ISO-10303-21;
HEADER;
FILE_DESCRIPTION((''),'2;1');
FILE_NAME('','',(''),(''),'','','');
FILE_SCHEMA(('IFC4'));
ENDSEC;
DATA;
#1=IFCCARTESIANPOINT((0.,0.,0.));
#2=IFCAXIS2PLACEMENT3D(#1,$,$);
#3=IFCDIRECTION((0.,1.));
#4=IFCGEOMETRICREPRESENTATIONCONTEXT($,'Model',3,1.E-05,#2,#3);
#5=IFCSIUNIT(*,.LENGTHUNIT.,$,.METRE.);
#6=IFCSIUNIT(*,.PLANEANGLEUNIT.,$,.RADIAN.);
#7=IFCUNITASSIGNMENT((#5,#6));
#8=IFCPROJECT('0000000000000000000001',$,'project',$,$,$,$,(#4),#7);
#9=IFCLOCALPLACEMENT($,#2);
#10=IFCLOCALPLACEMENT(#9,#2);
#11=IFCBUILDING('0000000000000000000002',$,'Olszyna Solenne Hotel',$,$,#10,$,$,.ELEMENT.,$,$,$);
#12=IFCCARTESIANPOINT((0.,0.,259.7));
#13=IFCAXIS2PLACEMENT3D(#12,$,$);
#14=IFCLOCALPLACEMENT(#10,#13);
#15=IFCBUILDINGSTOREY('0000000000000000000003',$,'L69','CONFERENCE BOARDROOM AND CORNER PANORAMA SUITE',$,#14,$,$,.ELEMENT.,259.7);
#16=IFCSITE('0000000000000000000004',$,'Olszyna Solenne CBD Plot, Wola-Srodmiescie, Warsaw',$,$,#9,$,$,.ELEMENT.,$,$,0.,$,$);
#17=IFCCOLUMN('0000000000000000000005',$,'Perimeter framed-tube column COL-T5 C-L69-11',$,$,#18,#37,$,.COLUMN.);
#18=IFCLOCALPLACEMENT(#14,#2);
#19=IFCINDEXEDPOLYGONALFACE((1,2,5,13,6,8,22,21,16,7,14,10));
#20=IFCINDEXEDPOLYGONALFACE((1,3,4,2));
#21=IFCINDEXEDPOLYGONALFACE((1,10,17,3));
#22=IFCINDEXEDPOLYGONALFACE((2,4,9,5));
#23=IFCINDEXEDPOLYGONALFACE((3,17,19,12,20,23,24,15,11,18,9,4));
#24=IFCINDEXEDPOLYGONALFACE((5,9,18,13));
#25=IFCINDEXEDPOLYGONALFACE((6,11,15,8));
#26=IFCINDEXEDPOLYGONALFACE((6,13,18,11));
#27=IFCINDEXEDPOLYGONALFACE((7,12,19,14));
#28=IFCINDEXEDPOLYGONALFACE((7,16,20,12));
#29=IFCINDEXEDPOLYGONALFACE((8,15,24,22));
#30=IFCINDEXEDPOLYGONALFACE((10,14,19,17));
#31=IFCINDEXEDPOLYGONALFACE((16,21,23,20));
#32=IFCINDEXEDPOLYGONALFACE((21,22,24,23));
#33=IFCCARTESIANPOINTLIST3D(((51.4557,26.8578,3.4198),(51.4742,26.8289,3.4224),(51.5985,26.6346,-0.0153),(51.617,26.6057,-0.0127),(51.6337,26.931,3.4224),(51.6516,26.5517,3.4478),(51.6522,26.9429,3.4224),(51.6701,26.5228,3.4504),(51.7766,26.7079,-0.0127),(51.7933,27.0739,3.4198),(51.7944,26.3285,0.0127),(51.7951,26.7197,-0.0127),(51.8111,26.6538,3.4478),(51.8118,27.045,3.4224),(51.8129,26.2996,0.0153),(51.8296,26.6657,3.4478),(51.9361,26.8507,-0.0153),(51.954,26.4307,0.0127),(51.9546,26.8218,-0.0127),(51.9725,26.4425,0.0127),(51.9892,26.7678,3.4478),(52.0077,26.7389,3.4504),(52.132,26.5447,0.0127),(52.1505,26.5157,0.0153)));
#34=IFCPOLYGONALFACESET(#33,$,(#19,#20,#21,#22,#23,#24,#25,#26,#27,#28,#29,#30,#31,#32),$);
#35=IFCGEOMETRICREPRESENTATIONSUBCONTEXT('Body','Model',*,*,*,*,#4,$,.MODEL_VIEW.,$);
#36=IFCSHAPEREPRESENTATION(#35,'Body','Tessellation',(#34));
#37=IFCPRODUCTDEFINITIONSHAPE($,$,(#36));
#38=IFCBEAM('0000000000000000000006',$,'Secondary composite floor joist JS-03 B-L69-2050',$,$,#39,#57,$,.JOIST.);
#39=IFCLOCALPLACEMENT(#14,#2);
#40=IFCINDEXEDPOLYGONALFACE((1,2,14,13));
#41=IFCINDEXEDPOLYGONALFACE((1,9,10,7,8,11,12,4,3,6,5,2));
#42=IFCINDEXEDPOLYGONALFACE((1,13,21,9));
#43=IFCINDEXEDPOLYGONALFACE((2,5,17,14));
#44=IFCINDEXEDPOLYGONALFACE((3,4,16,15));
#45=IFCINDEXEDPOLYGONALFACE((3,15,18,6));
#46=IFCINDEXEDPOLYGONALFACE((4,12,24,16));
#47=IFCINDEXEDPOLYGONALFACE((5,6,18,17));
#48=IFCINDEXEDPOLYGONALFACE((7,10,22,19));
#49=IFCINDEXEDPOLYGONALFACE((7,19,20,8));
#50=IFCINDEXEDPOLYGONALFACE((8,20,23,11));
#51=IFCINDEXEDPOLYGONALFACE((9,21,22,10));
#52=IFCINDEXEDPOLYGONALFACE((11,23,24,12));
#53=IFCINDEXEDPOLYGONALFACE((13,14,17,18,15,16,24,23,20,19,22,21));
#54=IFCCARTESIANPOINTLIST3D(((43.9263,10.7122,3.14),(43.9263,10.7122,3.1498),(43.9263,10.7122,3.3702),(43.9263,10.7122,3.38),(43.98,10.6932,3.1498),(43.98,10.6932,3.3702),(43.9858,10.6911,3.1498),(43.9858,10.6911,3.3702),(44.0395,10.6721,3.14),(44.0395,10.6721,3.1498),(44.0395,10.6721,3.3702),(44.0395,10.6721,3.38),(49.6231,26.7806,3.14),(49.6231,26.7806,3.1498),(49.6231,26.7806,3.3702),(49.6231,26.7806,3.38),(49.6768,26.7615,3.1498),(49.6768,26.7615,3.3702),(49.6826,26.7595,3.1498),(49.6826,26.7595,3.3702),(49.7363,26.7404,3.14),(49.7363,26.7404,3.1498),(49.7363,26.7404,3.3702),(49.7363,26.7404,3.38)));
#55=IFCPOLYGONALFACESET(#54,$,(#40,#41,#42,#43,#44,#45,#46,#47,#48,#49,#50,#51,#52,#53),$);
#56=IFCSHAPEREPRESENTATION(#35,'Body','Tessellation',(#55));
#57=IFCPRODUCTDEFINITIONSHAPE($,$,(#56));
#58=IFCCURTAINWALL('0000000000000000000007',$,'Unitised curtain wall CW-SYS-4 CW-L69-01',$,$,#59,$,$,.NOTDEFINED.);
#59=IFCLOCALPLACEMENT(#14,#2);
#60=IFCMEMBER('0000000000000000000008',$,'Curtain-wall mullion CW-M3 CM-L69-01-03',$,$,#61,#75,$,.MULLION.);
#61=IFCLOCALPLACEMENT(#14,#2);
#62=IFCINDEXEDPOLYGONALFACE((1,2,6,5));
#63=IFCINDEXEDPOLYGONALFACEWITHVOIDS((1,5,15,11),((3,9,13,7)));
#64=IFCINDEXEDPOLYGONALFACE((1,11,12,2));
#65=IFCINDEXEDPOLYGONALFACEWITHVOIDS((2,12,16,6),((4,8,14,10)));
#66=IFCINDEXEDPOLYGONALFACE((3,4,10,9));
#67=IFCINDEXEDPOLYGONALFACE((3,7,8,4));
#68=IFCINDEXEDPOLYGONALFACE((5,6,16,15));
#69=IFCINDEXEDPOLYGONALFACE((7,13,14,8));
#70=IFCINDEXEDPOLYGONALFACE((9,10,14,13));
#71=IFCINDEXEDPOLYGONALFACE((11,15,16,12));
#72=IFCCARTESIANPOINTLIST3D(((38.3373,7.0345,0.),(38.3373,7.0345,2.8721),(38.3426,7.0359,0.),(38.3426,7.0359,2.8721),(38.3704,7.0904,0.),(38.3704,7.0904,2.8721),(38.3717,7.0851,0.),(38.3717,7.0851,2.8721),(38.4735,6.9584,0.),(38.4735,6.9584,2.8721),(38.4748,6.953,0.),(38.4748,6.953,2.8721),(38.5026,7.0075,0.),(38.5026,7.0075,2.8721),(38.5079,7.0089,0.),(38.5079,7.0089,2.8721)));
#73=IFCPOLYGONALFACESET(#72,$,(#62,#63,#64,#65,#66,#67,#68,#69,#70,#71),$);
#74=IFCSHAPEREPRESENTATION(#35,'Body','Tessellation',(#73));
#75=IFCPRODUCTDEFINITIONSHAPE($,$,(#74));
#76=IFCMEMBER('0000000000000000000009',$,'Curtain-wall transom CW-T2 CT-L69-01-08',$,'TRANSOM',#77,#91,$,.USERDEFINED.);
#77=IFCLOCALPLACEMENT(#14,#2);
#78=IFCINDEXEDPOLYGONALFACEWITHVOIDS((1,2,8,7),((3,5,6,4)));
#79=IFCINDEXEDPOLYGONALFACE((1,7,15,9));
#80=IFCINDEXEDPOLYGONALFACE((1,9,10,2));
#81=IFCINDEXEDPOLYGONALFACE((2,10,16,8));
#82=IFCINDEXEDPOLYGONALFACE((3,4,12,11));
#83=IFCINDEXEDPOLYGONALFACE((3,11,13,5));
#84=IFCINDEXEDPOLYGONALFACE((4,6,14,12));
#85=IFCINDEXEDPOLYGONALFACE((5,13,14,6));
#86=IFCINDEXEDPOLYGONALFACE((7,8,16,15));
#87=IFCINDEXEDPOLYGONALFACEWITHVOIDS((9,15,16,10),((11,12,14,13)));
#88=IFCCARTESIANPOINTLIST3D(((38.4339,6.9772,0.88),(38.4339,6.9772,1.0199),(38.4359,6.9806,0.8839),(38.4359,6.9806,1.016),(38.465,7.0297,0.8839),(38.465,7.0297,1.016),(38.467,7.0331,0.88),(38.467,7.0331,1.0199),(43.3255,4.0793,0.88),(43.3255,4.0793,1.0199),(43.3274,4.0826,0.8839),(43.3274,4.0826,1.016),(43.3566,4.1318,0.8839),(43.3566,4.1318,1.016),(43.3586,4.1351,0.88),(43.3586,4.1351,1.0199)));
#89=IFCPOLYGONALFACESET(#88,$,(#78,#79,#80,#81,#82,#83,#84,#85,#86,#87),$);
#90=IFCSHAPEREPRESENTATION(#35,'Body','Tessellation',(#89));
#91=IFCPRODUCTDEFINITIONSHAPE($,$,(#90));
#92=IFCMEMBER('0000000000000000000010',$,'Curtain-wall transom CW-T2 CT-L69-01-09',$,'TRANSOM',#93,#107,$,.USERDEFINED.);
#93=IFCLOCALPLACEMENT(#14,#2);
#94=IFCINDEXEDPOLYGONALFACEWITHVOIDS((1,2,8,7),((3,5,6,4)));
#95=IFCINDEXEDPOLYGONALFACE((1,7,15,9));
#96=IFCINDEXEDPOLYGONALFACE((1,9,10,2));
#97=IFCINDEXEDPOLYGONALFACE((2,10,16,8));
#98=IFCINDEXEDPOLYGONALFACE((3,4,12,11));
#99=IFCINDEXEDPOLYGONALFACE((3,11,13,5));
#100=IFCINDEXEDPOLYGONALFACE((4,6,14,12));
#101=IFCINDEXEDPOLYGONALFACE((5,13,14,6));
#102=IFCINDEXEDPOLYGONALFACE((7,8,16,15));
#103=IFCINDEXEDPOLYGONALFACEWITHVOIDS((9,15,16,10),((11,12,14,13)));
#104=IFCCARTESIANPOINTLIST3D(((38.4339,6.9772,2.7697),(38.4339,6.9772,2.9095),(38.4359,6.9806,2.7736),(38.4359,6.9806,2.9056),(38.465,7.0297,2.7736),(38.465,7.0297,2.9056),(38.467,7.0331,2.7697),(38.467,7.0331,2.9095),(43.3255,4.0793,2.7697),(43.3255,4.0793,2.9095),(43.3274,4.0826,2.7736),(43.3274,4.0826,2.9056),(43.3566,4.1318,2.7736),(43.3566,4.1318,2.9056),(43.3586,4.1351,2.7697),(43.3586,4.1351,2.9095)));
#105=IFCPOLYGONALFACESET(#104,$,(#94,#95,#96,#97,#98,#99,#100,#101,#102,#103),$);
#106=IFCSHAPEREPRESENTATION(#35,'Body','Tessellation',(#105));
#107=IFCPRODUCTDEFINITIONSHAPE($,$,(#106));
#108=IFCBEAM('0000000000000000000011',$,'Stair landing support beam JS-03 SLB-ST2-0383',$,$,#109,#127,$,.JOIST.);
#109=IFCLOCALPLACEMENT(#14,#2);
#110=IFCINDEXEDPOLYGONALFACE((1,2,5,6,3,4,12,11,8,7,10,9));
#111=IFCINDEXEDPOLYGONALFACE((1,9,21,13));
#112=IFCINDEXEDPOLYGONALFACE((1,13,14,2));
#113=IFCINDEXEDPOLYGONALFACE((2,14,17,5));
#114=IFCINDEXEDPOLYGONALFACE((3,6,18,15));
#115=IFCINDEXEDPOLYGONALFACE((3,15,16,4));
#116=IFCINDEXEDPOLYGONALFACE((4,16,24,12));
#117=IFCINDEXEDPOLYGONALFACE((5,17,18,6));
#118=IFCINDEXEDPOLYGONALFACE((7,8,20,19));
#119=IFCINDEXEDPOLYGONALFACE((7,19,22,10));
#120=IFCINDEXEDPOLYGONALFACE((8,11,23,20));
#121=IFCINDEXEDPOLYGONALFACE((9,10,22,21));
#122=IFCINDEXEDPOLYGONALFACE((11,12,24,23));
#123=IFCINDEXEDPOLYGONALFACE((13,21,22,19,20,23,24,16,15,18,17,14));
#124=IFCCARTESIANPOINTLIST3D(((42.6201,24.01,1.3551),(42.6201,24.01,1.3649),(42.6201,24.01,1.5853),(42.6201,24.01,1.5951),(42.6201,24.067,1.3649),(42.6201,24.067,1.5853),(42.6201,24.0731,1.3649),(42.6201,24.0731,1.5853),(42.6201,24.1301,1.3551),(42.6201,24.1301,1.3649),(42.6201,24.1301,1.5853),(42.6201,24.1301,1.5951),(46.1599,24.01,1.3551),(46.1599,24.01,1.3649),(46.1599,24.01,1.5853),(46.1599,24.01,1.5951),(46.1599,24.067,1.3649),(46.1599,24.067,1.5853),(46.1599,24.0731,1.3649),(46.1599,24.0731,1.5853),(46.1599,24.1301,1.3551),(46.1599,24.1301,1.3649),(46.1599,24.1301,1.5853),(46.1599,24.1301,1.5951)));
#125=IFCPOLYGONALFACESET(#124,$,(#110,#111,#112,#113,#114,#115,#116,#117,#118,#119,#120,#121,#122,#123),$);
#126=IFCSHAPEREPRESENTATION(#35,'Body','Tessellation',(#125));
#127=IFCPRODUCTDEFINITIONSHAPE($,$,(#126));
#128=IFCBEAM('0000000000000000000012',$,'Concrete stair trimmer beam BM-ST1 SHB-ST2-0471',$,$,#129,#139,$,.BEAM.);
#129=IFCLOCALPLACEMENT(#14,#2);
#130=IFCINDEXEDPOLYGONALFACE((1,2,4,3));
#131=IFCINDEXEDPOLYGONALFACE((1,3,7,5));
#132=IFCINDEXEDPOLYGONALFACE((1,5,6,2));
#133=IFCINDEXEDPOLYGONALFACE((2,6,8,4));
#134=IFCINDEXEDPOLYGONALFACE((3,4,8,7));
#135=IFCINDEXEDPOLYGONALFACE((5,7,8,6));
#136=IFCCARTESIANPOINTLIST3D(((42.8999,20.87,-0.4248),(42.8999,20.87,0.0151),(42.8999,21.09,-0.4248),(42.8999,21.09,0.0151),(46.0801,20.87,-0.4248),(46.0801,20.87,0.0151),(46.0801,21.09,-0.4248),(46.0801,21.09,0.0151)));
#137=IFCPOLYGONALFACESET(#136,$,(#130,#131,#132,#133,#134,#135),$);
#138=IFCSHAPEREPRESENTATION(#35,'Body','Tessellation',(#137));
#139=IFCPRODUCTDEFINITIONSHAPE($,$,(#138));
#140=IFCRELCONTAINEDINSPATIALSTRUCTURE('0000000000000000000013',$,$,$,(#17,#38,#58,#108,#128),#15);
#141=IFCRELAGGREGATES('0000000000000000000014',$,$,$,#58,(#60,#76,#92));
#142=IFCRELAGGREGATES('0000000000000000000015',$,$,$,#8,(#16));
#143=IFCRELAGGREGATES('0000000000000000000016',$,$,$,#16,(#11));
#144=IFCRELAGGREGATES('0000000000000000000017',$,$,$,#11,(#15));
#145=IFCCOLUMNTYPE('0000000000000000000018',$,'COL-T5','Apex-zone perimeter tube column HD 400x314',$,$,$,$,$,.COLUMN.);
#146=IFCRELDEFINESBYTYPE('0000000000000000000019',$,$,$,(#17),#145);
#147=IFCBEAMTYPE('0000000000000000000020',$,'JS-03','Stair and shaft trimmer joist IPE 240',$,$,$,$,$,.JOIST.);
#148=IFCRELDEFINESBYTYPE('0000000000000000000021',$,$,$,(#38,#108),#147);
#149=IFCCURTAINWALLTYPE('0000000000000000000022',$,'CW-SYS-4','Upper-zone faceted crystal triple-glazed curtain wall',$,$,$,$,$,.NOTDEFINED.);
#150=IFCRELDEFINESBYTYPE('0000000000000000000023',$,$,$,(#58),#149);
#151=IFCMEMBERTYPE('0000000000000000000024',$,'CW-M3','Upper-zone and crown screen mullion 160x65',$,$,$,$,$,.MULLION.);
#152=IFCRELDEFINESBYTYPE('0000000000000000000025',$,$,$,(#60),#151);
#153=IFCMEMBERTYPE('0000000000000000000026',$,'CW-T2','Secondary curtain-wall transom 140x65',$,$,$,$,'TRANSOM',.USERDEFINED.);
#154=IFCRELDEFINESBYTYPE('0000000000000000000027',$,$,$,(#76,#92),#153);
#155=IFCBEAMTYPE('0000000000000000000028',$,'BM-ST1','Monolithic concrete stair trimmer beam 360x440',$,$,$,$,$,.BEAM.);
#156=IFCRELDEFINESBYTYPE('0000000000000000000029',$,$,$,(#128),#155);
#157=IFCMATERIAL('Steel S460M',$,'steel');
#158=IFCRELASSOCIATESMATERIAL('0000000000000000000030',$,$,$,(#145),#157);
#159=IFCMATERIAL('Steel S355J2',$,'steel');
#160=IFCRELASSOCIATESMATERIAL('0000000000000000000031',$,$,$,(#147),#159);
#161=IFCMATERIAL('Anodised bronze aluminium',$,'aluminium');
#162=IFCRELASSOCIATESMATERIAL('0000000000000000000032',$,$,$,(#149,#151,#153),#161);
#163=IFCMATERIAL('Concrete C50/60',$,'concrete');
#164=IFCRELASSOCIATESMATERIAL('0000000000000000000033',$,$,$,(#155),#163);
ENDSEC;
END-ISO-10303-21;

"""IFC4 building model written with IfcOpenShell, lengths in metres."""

from ifc_helpers import new_model, si_unit, direction, frame, origin, origin_2d, place, context, subcontext, project, spatial, rectangle, hollow_rectangle, i_section, extrude, source, transform, mapped, material, material_profile, profile_set, type_object, element, aggregate, save


model = new_model("IFC4")

# Units and contexts
model_context = context("Model", 3, precision=1e-05, world=origin(), true_north=direction((0.0, 1.0)))
body_context = subcontext(model_context, "Body", "Model", "MODEL_VIEW")
ifc_project = project(units=[si_unit("LENGTHUNIT", "METRE"), si_unit("PLANEANGLEUNIT", "RADIAN")], contexts=[model_context])

# Site, building, storey
site_placement = place(None, origin())
site = spatial("IfcSite", under=ifc_project, at=site_placement, Name="Olszyna Solenne CBD Plot, Wola-Srodmiescie, Warsaw", CompositionType="ELEMENT", RefElevation=0.0)
building_placement = place(site_placement, origin())
building = spatial("IfcBuilding", under=site, at=building_placement, Name="Olszyna Solenne Hotel", CompositionType="ELEMENT")
storey_placement = place(building_placement, frame((0.0, 0.0, 259.7)))
storey = spatial("IfcBuildingStorey", under=building, at=storey_placement, Name="L69", Description="CONFERENCE BOARDROOM AND CORNER PANORAMA SUITE", CompositionType="ELEMENT", Elevation=259.7)

# Column
ifc_material_1 = material(Name="Steel S460M", Category="steel")
ifc_material_profile_1 = material_profile(ifc_material_1, i_section(OverallWidth=0.4009, OverallDepth=0.3989, WebThickness=0.022, FlangeThickness=0.0344, at=origin_2d()), Name="HD 400x314", Category="load-bearing")
ifc_profile_set_1 = profile_set([ifc_material_profile_1], Name="Steel S460M")
column_type = type_object("IfcColumnType", Name="COL-T5", Description="Apex-zone perimeter tube column HD 400x314", PredefinedType="COLUMN", material=ifc_profile_set_1)
shared_shape_1 = source(origin(), body_context, "Body", "SweptSolid", [
    extrude(i_section(OverallWidth=0.4009, OverallDepth=0.3989, WebThickness=0.022, FlangeThickness=0.0344, at=origin_2d()), origin(), (0.0, 0.0, 1.0), 3.4453),
])
column_placement = place(storey_placement, frame((51.8745, 26.5752, 0.0), z_axis=(-0.041455, 0.064769, 0.997039), x_axis=(-0.842255, -0.53908, 0.0)))
element("IfcColumn", 1, at=column_placement, inside=storey, type_object=column_type, Name="Perimeter framed-tube column COL-T5 C-L69-11", PredefinedType="COLUMN", context=body_context, shape_type="MappedRepresentation", body=[
    mapped(shared_shape_1, transform((0.0, 0.0, 0.0), x_axis=(1.0, 0.0, 0.0), y_axis=(0.0, 1.0, 0.0), z_axis=(0.0, 0.0, 1.0), scale=1.0)),
])

# Beam
ifc_material_2 = material(Name="Steel S355J2", Category="steel")
ifc_material_profile_2 = material_profile(ifc_material_2, i_section(OverallWidth=0.1201, OverallDepth=0.24, WebThickness=0.0061, FlangeThickness=0.0098, at=origin_2d()), Name="IPE 240", Category="load-bearing")
ifc_profile_set_2 = profile_set([ifc_material_profile_2], Name="Steel S355J2")
beam_type_1 = type_object("IfcBeamType", Name="JS-03", Description="Stair and shaft trimmer joist IPE 240", PredefinedType="JOIST", material=ifc_profile_set_2)
shared_shape_2 = source(origin(), body_context, "Body", "SweptSolid", [
    extrude(i_section(OverallWidth=0.1201, OverallDepth=0.24, WebThickness=0.0061, FlangeThickness=0.0098, at=origin_2d()), origin(), (0.0, 0.0, 1.0), 17.0483),
])
beam_1_placement = place(storey_placement, frame((43.9829, 10.6921, 3.26), z_axis=(0.334155, 0.942518, 0.0), x_axis=(-0.942518, 0.334155, 0.0)))
element("IfcBeam", 2, at=beam_1_placement, inside=storey, type_object=beam_type_1, Name="Secondary composite floor joist JS-03 B-L69-2050", PredefinedType="JOIST", context=body_context, shape_type="MappedRepresentation", body=[
    mapped(shared_shape_2, transform((0.0, 0.0, 0.0), x_axis=(1.0, 0.0, 0.0), y_axis=(0.0, 1.0, 0.0), z_axis=(0.0, 0.0, 1.0), scale=1.0)),
])

# Curtain wall, members
ifc_material_3 = material(Name="Anodised bronze aluminium", Category="aluminium")
curtain_wall_type = type_object("IfcCurtainWallType", Name="CW-SYS-4", Description="Upper-zone faceted crystal triple-glazed curtain wall", PredefinedType="NOTDEFINED", material=ifc_material_3)
curtain_wall_placement = place(storey_placement, origin())
curtain_wall = element("IfcCurtainWall", 3, at=curtain_wall_placement, inside=storey, type_object=curtain_wall_type, Name="Unitised curtain wall CW-SYS-4 CW-L69-01", PredefinedType="NOTDEFINED")
ifc_material_profile_3 = material_profile(ifc_material_3, hollow_rectangle(XDim=0.0649, YDim=0.1599, WallThickness=0.0039, at=origin_2d()), Name="MULL 160x65x4", Category="load-bearing")
ifc_profile_set_3 = profile_set([ifc_material_profile_3], Name="Anodised bronze aluminium")
member_type_1 = type_object("IfcMemberType", Name="CW-M3", Description="Upper-zone and crown screen mullion 160x65", PredefinedType="MULLION", material=ifc_profile_set_3)
shared_shape_3 = source(origin(), body_context, "Body", "SweptSolid", [
    extrude(hollow_rectangle(XDim=0.0649, YDim=0.1599, WallThickness=0.0039, at=origin_2d()), origin(), (0.0, 0.0, 1.0), 2.8721),
])
member_1_placement = place(storey_placement, frame((38.4226, 7.0217, 0.0), z_axis=(0.0, 0.0, 1.0), x_axis=(0.509709, 0.860347, 0.0)))
member_1 = element("IfcMember", 4, at=member_1_placement, type_object=member_type_1, Name="Curtain-wall mullion CW-M3 CM-L69-01-03", PredefinedType="MULLION", context=body_context, shape_type="MappedRepresentation", body=[
    mapped(shared_shape_3, transform((0.0, 0.0, 0.0), x_axis=(1.0, 0.0, 0.0), y_axis=(0.0, 1.0, 0.0), z_axis=(0.0, 0.0, 1.0), scale=1.0)),
])
ifc_material_profile_4 = material_profile(ifc_material_3, hollow_rectangle(XDim=0.0649, YDim=0.1399, WallThickness=0.0039, at=origin_2d()), Name="TRAN 140x65x4", Category="load-bearing")
ifc_profile_set_4 = profile_set([ifc_material_profile_4], Name="Anodised bronze aluminium")
member_type_2 = type_object("IfcMemberType", Name="CW-T2", Description="Secondary curtain-wall transom 140x65", ElementType="TRANSOM", PredefinedType="USERDEFINED", material=ifc_profile_set_4)
shared_shape_4 = source(origin(), body_context, "Body", "SweptSolid", [
    extrude(hollow_rectangle(XDim=0.0649, YDim=0.1399, WallThickness=0.0039, at=origin_2d()), origin(), (0.0, 0.0, 1.0), 5.6855),
])
member_2_placement = place(storey_placement, frame((38.4504, 7.0051, 0.95), z_axis=(0.860352, -0.509701, 0.0), x_axis=(0.509701, 0.860352, 0.0)))
member_2 = element("IfcMember", 5, at=member_2_placement, type_object=member_type_2, Name="Curtain-wall transom CW-T2 CT-L69-01-08", ObjectType="TRANSOM", PredefinedType="USERDEFINED", context=body_context, shape_type="MappedRepresentation", body=[
    mapped(shared_shape_4, transform((0.0, 0.0, 0.0), x_axis=(1.0, 0.0, 0.0), y_axis=(0.0, 1.0, 0.0), z_axis=(0.0, 0.0, 1.0), scale=1.0)),
])
member_3_placement = place(storey_placement, frame((38.4504, 7.0051, 2.8396), z_axis=(0.860352, -0.509701, 0.0), x_axis=(0.509701, 0.860352, 0.0)))
member_3 = element("IfcMember", 6, at=member_3_placement, type_object=member_type_2, Name="Curtain-wall transom CW-T2 CT-L69-01-09", ObjectType="TRANSOM", PredefinedType="USERDEFINED", context=body_context, shape_type="MappedRepresentation", body=[
    mapped(shared_shape_4, transform((0.0, 0.0, 0.0), x_axis=(1.0, 0.0, 0.0), y_axis=(0.0, 1.0, 0.0), z_axis=(0.0, 0.0, 1.0), scale=1.0)),
])
aggregate(curtain_wall, [member_1, member_2, member_3])

# Beams
shared_shape_5 = source(origin(), body_context, "Body", "SweptSolid", [
    extrude(i_section(OverallWidth=0.1201, OverallDepth=0.24, WebThickness=0.0061, FlangeThickness=0.0098, at=origin_2d()), origin(), (0.0, 0.0, 1.0), 3.5398),
])
beam_2_placement = place(storey_placement, frame((46.1599, 24.0701, 1.4751), z_axis=(-1.0, 0.0, 0.0), x_axis=(0.0, -1.0, 0.0)))
element("IfcBeam", 7, at=beam_2_placement, inside=storey, type_object=beam_type_1, Name="Stair landing support beam JS-03 SLB-ST2-0383", PredefinedType="JOIST", context=body_context, shape_type="MappedRepresentation", body=[
    mapped(shared_shape_5, transform((0.0, 0.0, 0.0), x_axis=(1.0, 0.0, 0.0), y_axis=(0.0, 1.0, 0.0), z_axis=(0.0, 0.0, 1.0), scale=1.0)),
])
ifc_material_4 = material(Name="Concrete C50/60", Category="concrete")
ifc_material_profile_5 = material_profile(ifc_material_4, rectangle(XDim=0.22, YDim=0.4399, at=origin_2d()), Name="RC 220x440", Category="load-bearing")
ifc_profile_set_5 = profile_set([ifc_material_profile_5], Name="Concrete C50/60")
beam_type_2 = type_object("IfcBeamType", Name="BM-ST1", Description="Monolithic concrete stair trimmer beam 360x440", PredefinedType="BEAM", material=ifc_profile_set_5)
shared_shape_6 = source(origin(), body_context, "Body", "SweptSolid", [
    extrude(rectangle(XDim=0.22, YDim=0.4399, at=origin_2d()), origin(), (0.0, 0.0, 1.0), 3.1802),
])
beam_3_placement = place(storey_placement, frame((46.0801, 20.98, -0.2048), z_axis=(-1.0, 0.0, 0.0), x_axis=(0.0, -1.0, 0.0)))
element("IfcBeam", 8, at=beam_3_placement, inside=storey, type_object=beam_type_2, Name="Concrete stair trimmer beam BM-ST1 SHB-ST2-0471", PredefinedType="BEAM", context=body_context, shape_type="MappedRepresentation", body=[
    mapped(shared_shape_6, transform((0.0, 0.0, 0.0), x_axis=(1.0, 0.0, 0.0), y_axis=(0.0, 1.0, 0.0), z_axis=(0.0, 0.0, 1.0), scale=1.0)),
])

save(model, "model.ifc")
